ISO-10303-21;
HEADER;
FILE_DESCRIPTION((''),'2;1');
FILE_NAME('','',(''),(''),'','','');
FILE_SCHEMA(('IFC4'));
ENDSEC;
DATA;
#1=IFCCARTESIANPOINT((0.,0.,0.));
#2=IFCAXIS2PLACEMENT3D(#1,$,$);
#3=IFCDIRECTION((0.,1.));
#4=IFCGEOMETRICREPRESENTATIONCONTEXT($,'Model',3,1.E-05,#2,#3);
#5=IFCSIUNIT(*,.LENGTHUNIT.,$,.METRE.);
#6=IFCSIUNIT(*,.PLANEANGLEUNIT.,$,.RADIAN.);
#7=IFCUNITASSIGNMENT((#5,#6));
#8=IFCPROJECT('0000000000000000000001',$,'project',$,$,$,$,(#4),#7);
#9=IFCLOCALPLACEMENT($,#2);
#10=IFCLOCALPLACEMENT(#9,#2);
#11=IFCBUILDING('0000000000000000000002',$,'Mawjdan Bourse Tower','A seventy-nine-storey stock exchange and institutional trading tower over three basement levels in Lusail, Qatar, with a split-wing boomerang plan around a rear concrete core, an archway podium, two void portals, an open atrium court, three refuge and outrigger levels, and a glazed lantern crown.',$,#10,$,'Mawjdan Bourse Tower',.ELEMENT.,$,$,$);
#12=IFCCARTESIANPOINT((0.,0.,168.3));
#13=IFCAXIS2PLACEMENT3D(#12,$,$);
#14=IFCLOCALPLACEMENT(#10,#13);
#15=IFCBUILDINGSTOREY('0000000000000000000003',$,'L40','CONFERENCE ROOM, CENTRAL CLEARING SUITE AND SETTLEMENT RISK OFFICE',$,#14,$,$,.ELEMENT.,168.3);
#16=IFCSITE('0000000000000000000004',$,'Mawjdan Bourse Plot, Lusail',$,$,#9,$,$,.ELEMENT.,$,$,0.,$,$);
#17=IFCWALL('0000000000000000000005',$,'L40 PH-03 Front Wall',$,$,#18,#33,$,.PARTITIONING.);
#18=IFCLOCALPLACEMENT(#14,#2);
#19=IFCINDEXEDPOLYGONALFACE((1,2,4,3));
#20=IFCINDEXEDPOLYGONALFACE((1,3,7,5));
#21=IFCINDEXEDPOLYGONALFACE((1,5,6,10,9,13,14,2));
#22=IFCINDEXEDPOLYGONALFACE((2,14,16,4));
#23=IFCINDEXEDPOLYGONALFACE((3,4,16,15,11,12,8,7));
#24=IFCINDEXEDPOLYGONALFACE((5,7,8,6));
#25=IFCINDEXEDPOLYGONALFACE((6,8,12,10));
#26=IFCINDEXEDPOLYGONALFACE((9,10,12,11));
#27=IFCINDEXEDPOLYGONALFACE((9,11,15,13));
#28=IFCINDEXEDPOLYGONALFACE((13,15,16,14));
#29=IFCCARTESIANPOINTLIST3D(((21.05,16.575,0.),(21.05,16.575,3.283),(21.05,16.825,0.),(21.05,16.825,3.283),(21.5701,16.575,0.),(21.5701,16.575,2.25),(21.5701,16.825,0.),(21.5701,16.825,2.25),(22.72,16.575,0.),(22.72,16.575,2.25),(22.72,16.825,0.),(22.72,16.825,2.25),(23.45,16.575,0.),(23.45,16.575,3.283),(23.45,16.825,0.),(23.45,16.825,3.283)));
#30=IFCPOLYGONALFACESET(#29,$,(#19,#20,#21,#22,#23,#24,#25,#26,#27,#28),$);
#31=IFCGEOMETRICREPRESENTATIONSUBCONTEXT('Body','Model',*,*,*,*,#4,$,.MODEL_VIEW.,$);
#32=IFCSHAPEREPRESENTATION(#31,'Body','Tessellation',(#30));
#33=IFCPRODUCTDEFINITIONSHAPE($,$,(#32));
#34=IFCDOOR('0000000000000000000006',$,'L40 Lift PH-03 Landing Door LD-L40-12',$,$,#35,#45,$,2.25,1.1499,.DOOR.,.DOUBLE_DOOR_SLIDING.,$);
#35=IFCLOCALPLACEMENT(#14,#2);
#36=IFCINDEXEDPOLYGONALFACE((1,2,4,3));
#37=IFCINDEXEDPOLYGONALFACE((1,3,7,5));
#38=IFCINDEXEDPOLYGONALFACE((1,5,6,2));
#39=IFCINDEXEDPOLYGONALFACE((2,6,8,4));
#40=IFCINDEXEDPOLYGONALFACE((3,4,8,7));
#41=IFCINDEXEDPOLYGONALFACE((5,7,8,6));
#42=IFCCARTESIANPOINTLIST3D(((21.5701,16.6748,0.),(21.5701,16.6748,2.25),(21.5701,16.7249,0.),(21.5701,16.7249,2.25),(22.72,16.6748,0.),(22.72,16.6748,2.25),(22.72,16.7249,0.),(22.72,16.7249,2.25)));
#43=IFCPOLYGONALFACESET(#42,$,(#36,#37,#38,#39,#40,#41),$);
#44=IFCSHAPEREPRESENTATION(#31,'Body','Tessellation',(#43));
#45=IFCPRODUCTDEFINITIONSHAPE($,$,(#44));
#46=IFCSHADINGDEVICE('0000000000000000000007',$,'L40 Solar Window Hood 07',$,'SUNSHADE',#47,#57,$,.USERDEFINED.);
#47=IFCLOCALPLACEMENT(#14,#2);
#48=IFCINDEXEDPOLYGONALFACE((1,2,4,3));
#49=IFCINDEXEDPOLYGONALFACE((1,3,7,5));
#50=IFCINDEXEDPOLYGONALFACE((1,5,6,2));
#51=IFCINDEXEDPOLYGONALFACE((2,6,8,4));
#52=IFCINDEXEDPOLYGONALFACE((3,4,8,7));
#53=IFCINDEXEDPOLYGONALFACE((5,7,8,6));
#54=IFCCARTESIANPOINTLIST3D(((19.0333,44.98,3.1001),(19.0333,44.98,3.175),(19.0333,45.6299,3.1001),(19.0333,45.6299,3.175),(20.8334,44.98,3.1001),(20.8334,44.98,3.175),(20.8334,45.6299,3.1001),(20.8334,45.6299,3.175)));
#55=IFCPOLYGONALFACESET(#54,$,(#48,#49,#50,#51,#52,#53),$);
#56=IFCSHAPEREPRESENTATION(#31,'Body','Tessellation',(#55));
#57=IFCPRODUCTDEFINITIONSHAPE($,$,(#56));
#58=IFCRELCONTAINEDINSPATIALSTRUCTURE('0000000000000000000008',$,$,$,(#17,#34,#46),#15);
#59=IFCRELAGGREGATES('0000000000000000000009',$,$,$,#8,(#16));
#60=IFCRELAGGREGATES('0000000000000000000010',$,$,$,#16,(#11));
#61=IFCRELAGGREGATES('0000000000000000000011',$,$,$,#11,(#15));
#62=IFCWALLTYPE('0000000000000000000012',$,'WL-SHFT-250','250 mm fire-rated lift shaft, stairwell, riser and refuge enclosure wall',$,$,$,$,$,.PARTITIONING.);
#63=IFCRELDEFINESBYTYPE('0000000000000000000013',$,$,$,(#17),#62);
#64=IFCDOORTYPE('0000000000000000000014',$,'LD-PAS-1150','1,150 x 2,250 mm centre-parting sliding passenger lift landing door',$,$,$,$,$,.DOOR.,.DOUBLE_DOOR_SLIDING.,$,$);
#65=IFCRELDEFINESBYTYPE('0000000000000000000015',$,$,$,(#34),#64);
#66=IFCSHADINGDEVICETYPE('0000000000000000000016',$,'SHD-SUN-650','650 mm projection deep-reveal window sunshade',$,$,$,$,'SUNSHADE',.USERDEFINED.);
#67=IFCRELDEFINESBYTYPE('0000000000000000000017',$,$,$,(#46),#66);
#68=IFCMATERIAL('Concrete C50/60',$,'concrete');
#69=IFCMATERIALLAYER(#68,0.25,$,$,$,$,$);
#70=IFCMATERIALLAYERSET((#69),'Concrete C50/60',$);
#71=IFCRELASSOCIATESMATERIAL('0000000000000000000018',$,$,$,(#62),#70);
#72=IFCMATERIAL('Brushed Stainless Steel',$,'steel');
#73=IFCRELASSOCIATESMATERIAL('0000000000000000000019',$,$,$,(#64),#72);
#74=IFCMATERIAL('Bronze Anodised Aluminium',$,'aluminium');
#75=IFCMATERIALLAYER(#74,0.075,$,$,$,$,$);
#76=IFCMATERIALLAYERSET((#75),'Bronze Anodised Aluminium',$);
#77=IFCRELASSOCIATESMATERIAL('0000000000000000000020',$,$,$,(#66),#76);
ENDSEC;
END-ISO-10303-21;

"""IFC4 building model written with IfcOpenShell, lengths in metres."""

from ifc_helpers import new_model, si_unit, direction, frame, frame_2d, origin, origin_2d, place, context, subcontext, project, spatial, rectangle, extrude, material, layer, layer_set, type_object, element, fill, save


model = new_model("IFC4")

# Units and contexts
model_context = context("Model", 3, precision=1e-05, world=origin(), true_north=direction((0.0, 1.0)))
body_context = subcontext(model_context, "Body", "Model", "MODEL_VIEW")
ifc_project = project(units=[si_unit("LENGTHUNIT", "METRE"), si_unit("PLANEANGLEUNIT", "RADIAN")], contexts=[model_context])

# Site, building, storey
site_placement = place(None, origin())
site = spatial("IfcSite", under=ifc_project, at=site_placement, Name="Mawjdan Bourse Plot, Lusail", CompositionType="ELEMENT", RefElevation=0.0)
building_placement = place(site_placement, origin())
building = spatial("IfcBuilding", under=site, at=building_placement, Name="Mawjdan Bourse Tower", Description="A seventy-nine-storey stock exchange and institutional trading tower over three basement levels in Lusail, Qatar, with a split-wing boomerang plan around a rear concrete core, an archway podium, two void portals, an open atrium court, three refuge and outrigger levels, and a glazed lantern crown.", LongName="Mawjdan Bourse Tower", CompositionType="ELEMENT")
storey_placement = place(building_placement, frame((0.0, 0.0, 168.3)))
storey = spatial("IfcBuildingStorey", under=building, at=storey_placement, Name="L40", Description="CONFERENCE ROOM, CENTRAL CLEARING SUITE AND SETTLEMENT RISK OFFICE", CompositionType="ELEMENT", Elevation=168.3)

# Shared definitions
ifc_material_1 = material(Name="Concrete C50/60", Category="concrete")
ifc_layer_1 = layer(ifc_material_1, 0.25)
ifc_layer_set_1 = layer_set([ifc_layer_1], Name="Concrete C50/60")
wall_type_1 = type_object("IfcWallType", Name="WL-SHFT-250", Description="250 mm fire-rated lift shaft, stairwell, riser and refuge enclosure wall", PredefinedType="PARTITIONING", material=ifc_layer_set_1)

# Shared definitions
ifc_material_2 = material(Name="Brushed Stainless Steel", Category="steel")
door_type_1 = type_object("IfcDoorType", Name="LD-PAS-1150", Description="1,150 x 2,250 mm centre-parting sliding passenger lift landing door", OperationType="DOUBLE_DOOR_SLIDING", PredefinedType="DOOR", material=ifc_material_2)

# Wall, opening, door
wall_1_placement = place(storey_placement, frame((21.05, 16.7, 0.0), z_axis=(0.0, 0.0, 1.0), x_axis=(1.0, 0.0, 0.0)))
wall_1 = element("IfcWall", 1, at=wall_1_placement, inside=storey, type_object=wall_type_1, Name="L40 PH-03 Front Wall", PredefinedType="PARTITIONING", context=body_context, shape_type="SweptSolid", body=[
    extrude(rectangle(XDim=2.3999, YDim=0.25, at=frame_2d((1.2, 0.0))), origin(), (0.0, 0.0, 1.0), 3.283),
])
opening_1_placement = place(wall_1_placement, frame((0.52, 0.0, 0.0)))
opening_1 = element("IfcOpeningElement", 2, at=opening_1_placement, cuts=wall_1, PredefinedType="OPENING", context=body_context, shape_type="SweptSolid", body=[
    extrude(rectangle(XDim=1.1499, YDim=2.25, at=frame_2d((0.575, 1.125))), frame((0.0, 0.135, 0.0), z_axis=(0.0, -1.0, 0.0), x_axis=(1.0, 0.0, 0.0)), (0.0, 0.0, 1.0), 0.27),
])
door_1_placement = place(opening_1_placement, origin())
door_1 = element("IfcDoor", 3, at=door_1_placement, inside=storey, type_object=door_type_1, Name="L40 Lift PH-03 Landing Door LD-L40-12", OperationType="DOUBLE_DOOR_SLIDING", OverallHeight=2.25, OverallWidth=1.1499, PredefinedType="DOOR", context=body_context, shape_type="SweptSolid", body=[
    extrude(rectangle(XDim=1.1499, YDim=2.25, at=frame_2d((0.575, 1.125))), frame((0.0, 0.0249, 0.0), z_axis=(0.0, -1.0, 0.0), x_axis=(1.0, 0.0, 0.0)), (0.0, 0.0, 1.0), 0.05),
])
fill(opening_1, door_1)

# Shading device
ifc_material_3 = material(Name="Bronze Anodised Aluminium", Category="aluminium")
ifc_layer_2 = layer(ifc_material_3, 0.075)
ifc_layer_set_2 = layer_set([ifc_layer_2], Name="Bronze Anodised Aluminium")
shading_device_type = type_object("IfcShadingDeviceType", Name="SHD-SUN-650", Description="650 mm projection deep-reveal window sunshade", ElementType="SUNSHADE", PredefinedType="USERDEFINED", material=ifc_layer_set_2)
shading_device_placement = place(storey_placement, frame((19.9333, 45.3049, 3.1001), z_axis=(0.0, 0.0, 1.0), x_axis=(-1.0, 0.0, 0.0)))
element("IfcShadingDevice", 4, at=shading_device_placement, inside=storey, type_object=shading_device_type, Name="L40 Solar Window Hood 07", ObjectType="SUNSHADE", PredefinedType="USERDEFINED", context=body_context, shape_type="SweptSolid", body=[
    extrude(rectangle(XDim=1.8, YDim=0.6499, at=origin_2d()), origin(), (0.0, 0.0, 1.0), 0.075),
])

save(model, "model.ifc")
